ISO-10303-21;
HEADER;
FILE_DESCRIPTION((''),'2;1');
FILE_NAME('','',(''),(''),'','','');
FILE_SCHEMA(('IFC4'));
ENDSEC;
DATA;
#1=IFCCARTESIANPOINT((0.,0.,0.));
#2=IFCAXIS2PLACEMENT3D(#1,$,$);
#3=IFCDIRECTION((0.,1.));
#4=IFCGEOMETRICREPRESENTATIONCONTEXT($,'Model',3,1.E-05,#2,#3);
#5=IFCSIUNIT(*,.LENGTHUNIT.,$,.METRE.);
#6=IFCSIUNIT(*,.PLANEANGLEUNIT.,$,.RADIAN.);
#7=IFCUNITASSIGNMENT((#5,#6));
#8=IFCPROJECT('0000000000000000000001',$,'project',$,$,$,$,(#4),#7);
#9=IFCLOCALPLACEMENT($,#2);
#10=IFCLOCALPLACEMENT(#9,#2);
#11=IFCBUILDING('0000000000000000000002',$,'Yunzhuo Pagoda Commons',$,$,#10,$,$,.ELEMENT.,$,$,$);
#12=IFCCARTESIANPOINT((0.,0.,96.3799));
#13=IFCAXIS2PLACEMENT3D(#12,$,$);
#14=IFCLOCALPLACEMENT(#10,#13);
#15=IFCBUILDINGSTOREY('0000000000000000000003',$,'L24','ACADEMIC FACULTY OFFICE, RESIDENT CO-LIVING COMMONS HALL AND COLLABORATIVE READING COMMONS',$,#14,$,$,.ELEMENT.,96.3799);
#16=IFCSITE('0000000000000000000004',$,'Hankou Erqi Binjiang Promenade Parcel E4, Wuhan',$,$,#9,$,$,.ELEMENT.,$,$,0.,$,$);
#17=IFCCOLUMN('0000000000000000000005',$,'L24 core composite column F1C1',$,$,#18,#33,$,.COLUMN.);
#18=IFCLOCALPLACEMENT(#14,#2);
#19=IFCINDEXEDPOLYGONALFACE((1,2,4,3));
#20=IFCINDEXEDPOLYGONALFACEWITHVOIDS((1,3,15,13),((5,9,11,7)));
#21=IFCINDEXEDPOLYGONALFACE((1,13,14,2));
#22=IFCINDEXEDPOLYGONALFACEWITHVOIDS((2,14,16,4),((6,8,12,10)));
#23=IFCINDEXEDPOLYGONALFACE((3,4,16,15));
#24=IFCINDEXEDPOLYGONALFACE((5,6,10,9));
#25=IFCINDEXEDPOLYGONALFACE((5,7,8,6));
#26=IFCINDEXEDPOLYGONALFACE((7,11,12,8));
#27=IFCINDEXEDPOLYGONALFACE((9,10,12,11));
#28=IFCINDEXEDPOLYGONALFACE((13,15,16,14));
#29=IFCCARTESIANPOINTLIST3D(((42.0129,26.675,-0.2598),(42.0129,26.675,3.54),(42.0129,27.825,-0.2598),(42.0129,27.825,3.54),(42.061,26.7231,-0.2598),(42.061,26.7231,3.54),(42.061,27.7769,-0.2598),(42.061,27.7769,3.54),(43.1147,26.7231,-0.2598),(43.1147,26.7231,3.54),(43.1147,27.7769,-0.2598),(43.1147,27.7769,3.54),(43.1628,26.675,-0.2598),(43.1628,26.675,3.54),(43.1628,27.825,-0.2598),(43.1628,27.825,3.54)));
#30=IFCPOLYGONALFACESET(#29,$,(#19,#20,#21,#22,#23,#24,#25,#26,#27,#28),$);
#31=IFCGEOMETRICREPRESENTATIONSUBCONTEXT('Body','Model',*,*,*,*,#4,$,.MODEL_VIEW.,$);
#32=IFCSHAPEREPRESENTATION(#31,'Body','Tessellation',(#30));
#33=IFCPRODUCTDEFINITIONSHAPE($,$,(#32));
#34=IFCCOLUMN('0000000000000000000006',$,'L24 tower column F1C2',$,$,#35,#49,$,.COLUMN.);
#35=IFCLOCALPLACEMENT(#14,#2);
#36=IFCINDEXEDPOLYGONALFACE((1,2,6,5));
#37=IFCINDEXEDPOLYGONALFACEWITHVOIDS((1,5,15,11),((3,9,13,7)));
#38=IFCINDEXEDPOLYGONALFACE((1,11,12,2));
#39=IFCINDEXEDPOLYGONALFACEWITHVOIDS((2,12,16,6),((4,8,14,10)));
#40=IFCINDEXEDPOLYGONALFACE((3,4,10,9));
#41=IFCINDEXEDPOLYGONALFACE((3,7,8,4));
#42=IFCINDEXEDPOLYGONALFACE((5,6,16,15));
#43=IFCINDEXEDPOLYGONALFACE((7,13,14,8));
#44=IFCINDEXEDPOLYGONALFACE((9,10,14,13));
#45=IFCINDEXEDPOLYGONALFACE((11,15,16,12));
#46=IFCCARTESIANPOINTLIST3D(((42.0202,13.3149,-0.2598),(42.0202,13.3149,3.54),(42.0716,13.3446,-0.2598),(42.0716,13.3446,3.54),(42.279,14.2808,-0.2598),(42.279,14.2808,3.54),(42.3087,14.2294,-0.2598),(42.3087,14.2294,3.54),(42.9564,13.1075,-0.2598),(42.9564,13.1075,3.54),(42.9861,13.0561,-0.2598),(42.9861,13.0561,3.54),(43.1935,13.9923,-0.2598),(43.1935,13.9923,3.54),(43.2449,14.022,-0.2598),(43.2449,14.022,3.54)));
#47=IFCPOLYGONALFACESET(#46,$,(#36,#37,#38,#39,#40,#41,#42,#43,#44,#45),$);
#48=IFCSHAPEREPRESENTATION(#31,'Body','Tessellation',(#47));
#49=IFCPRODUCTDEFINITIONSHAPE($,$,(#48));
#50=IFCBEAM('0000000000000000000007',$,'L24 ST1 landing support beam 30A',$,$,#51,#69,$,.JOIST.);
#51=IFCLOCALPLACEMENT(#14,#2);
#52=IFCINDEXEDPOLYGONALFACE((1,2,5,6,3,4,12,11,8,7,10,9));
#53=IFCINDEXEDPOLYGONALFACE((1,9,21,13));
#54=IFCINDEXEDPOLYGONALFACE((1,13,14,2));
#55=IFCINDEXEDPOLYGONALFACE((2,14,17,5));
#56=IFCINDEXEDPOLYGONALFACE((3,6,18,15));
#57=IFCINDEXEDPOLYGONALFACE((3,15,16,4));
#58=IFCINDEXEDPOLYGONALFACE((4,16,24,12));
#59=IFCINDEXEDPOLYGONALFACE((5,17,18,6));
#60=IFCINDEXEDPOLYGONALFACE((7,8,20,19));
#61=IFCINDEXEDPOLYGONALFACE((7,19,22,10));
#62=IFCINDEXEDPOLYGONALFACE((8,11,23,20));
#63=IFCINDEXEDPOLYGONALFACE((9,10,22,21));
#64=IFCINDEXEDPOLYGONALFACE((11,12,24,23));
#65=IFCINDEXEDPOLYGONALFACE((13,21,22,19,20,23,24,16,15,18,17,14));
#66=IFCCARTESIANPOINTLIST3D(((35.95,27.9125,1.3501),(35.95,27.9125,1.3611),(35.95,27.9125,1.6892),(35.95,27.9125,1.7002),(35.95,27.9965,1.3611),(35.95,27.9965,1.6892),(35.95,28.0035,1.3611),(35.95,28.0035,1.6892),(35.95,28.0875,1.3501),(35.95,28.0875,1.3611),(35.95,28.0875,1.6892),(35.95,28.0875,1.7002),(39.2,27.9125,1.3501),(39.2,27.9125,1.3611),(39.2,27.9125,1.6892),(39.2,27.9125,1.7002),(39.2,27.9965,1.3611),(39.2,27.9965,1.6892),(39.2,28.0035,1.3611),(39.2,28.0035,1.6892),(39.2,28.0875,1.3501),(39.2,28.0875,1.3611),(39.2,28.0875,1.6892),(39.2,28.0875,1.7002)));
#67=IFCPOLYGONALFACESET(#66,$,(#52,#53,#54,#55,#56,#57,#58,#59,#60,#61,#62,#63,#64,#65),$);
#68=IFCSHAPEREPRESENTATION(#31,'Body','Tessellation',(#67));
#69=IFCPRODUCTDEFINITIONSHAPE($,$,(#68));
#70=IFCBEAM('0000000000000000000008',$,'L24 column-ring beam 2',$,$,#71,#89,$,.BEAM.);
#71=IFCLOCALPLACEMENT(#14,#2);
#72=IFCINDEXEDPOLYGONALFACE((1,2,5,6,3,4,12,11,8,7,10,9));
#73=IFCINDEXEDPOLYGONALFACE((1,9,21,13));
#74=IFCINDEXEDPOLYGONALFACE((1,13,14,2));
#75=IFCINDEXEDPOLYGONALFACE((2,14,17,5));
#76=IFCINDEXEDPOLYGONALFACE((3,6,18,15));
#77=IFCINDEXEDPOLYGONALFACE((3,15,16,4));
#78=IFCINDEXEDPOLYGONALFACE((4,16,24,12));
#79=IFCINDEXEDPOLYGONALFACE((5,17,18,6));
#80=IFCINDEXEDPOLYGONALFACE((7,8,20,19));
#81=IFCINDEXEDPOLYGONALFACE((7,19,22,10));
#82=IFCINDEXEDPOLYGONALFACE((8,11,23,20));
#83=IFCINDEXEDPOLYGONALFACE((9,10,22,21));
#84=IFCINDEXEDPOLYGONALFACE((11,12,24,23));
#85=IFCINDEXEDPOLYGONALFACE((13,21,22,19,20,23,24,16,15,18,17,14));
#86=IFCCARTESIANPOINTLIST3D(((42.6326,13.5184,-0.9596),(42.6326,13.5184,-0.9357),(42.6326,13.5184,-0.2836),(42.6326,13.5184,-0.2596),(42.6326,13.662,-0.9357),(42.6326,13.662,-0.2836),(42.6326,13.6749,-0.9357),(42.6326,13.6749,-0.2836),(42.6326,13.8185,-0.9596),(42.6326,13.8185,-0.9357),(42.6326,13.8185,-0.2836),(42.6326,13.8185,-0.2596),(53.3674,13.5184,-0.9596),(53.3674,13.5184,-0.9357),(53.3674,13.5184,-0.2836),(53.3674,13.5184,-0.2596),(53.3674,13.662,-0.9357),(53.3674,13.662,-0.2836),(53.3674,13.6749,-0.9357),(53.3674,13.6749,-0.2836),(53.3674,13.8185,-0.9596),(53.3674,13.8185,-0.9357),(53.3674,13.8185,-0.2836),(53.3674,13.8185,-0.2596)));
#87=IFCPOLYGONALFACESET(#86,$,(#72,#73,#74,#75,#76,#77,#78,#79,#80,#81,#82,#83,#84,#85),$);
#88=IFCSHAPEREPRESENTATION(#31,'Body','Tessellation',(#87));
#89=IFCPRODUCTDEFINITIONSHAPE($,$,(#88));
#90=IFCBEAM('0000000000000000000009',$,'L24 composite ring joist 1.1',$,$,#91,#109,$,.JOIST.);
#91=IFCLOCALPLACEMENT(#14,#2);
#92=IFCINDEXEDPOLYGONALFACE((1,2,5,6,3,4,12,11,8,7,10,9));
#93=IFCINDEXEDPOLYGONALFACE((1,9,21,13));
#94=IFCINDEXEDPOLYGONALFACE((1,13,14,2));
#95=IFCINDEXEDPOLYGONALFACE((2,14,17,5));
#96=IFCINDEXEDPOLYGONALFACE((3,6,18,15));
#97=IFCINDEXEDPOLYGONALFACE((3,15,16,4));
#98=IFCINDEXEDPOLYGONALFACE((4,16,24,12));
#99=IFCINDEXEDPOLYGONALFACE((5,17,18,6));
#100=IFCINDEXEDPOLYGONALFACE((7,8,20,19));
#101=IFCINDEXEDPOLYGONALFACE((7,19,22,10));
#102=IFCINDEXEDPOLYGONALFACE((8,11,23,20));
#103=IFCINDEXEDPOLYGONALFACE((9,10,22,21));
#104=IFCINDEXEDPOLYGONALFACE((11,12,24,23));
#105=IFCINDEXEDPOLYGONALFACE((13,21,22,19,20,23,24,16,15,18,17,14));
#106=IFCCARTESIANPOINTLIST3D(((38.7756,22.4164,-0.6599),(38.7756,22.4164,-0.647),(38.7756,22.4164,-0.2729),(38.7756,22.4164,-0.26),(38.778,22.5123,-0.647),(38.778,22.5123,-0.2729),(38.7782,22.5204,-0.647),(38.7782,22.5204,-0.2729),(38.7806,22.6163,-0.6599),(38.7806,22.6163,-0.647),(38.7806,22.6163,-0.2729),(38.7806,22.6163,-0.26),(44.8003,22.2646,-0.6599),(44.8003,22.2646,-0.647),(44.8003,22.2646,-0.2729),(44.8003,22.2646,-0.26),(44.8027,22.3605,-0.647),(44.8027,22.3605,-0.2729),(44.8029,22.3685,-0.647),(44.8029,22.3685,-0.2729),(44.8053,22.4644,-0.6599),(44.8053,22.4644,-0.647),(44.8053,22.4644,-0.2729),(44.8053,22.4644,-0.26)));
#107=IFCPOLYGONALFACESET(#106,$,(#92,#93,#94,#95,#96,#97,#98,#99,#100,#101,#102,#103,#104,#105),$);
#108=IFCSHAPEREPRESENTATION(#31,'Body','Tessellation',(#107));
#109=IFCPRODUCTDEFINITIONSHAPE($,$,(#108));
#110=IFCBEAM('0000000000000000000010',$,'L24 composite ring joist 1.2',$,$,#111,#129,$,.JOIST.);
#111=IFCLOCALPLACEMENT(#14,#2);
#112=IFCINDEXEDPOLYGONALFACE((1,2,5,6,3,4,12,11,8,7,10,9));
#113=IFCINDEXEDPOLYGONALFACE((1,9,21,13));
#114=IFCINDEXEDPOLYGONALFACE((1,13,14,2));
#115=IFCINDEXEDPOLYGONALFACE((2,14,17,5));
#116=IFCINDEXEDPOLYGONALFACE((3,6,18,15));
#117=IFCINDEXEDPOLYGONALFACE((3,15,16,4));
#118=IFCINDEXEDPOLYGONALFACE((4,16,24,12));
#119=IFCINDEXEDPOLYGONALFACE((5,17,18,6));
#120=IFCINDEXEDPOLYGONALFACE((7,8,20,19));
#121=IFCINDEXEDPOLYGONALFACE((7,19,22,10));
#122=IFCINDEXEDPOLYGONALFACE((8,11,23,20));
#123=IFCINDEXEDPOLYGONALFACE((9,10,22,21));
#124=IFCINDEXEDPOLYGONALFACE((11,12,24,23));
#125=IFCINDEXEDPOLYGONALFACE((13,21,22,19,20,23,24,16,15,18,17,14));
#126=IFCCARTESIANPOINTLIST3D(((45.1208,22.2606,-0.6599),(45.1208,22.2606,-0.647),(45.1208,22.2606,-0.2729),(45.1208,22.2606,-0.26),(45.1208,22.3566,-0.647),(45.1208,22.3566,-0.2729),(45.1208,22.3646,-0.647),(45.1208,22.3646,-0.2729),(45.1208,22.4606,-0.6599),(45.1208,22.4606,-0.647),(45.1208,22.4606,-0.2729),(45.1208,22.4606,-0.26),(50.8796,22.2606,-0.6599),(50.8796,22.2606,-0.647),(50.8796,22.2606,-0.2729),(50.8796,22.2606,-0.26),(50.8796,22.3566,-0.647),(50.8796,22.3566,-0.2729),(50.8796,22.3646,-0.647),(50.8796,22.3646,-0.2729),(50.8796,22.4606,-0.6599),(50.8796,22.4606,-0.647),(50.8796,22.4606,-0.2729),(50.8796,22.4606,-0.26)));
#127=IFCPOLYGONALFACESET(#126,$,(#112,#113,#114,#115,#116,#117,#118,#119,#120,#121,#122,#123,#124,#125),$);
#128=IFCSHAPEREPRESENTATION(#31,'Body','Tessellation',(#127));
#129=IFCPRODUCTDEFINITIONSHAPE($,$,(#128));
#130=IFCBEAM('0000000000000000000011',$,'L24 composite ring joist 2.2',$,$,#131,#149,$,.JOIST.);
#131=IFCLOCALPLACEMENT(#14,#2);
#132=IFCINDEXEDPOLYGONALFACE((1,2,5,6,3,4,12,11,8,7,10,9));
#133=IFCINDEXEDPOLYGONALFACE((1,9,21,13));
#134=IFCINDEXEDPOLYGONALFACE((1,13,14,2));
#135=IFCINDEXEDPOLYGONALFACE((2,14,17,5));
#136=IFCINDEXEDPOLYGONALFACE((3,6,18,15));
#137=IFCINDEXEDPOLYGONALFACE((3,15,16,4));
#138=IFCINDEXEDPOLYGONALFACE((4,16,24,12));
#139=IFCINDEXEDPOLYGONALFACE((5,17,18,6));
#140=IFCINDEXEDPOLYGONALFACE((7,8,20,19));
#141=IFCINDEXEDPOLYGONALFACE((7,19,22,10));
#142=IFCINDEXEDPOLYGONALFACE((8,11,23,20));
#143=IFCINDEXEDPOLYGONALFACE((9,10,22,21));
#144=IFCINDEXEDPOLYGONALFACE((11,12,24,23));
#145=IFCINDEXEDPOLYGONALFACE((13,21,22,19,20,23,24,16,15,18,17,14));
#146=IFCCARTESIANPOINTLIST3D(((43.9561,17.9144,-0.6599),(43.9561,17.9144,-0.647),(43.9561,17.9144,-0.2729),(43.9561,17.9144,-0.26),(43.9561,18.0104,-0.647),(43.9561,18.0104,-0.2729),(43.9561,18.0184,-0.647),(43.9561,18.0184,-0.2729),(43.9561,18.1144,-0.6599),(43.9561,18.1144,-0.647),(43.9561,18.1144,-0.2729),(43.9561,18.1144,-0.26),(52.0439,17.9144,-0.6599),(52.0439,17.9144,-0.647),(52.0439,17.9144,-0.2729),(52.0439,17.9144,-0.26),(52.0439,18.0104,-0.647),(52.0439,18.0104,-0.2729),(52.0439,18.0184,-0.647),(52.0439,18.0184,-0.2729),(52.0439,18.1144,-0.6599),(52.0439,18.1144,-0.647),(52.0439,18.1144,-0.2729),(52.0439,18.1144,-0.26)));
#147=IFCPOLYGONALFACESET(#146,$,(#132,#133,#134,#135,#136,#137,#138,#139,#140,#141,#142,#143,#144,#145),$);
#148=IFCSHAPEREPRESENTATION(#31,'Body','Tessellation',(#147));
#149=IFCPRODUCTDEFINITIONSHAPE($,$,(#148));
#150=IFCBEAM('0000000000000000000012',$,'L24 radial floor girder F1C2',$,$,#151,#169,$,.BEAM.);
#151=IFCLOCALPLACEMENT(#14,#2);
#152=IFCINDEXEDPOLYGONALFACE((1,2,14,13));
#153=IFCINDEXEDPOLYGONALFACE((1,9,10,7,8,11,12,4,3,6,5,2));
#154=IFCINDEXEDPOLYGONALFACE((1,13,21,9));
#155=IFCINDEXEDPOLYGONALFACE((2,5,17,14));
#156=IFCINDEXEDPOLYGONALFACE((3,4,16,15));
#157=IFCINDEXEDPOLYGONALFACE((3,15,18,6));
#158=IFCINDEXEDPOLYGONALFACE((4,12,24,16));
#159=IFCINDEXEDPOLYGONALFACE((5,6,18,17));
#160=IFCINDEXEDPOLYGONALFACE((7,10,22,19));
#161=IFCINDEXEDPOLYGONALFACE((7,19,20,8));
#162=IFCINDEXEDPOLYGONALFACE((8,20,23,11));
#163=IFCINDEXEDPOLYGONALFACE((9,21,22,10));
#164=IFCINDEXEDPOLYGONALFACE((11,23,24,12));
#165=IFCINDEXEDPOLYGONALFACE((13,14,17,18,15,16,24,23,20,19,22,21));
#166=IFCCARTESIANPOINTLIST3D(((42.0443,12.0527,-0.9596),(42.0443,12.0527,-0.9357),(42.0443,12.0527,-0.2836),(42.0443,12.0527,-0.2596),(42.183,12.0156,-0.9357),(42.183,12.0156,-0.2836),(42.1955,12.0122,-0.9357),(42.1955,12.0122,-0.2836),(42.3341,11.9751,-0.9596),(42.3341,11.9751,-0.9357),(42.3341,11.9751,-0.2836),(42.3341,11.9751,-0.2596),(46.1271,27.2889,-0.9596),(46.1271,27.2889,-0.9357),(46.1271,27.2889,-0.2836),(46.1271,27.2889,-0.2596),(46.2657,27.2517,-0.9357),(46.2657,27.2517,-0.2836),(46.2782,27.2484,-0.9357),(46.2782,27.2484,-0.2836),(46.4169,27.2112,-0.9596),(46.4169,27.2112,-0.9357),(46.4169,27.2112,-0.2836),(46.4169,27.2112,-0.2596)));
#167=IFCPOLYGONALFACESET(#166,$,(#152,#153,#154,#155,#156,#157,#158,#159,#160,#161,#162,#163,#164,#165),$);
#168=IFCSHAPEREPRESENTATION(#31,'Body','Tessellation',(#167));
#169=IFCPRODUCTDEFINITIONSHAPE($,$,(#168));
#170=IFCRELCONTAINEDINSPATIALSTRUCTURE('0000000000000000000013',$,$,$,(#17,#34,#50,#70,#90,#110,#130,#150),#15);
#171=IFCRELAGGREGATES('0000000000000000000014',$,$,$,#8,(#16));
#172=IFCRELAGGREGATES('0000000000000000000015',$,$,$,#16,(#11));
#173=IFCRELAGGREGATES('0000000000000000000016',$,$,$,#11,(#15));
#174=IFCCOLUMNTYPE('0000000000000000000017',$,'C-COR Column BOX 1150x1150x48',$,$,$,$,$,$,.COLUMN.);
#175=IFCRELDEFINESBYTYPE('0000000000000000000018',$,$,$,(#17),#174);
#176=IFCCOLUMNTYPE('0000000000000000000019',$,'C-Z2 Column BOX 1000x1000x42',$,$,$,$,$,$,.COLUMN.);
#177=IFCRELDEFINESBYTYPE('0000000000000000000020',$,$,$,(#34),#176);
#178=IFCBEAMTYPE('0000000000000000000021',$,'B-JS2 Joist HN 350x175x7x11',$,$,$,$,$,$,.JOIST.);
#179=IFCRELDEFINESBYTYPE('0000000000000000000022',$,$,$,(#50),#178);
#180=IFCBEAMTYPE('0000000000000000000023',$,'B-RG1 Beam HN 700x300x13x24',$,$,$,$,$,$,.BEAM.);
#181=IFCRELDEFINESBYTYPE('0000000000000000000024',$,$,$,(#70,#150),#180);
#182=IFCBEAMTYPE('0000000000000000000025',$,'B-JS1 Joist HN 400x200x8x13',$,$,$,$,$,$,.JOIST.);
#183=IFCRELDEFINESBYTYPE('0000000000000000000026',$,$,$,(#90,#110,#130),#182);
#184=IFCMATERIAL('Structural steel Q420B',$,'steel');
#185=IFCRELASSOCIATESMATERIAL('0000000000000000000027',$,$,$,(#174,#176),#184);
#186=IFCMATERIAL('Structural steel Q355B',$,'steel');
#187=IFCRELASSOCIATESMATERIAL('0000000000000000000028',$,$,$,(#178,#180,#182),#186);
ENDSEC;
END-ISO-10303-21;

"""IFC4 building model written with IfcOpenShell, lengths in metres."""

from ifc_helpers import new_model, si_unit, direction, frame, origin, origin_2d, place, context, subcontext, project, spatial, hollow_rectangle, i_section, extrude, source, transform, mapped, material, material_profile, profile_set, type_object, element, save


model = new_model("IFC4")

# Units and contexts
model_context = context("Model", 3, precision=1e-05, world=origin(), true_north=direction((0.0, 1.0)))
body_context = subcontext(model_context, "Body", "Model", "MODEL_VIEW")
ifc_project = project(units=[si_unit("LENGTHUNIT", "METRE"), si_unit("PLANEANGLEUNIT", "RADIAN")], contexts=[model_context])

# Site, building, storey
site_placement = place(None, origin())
site = spatial("IfcSite", under=ifc_project, at=site_placement, Name="Hankou Erqi Binjiang Promenade Parcel E4, Wuhan", CompositionType="ELEMENT", RefElevation=0.0)
building_placement = place(site_placement, origin())
building = spatial("IfcBuilding", under=site, at=building_placement, Name="Yunzhuo Pagoda Commons", CompositionType="ELEMENT")
storey_placement = place(building_placement, frame((0.0, 0.0, 96.3799)))
storey = spatial("IfcBuildingStorey", under=building, at=storey_placement, Name="L24", Description="ACADEMIC FACULTY OFFICE, RESIDENT CO-LIVING COMMONS HALL AND COLLABORATIVE READING COMMONS", CompositionType="ELEMENT", Elevation=96.3799)

# Columns
ifc_material_1 = material(Name="Structural steel Q420B", Category="steel")
ifc_material_profile_1 = material_profile(ifc_material_1, hollow_rectangle(XDim=1.1499, YDim=1.1499, WallThickness=0.0481, at=origin_2d()), Name="Structural steel Q420B")
ifc_profile_set_1 = profile_set([ifc_material_profile_1], Name="Structural steel Q420B")
column_type_1 = type_object("IfcColumnType", Name="C-COR Column BOX 1150x1150x48", PredefinedType="COLUMN", material=ifc_profile_set_1)
shared_shape_1 = source(origin(), body_context, "Body", "SweptSolid", [
    extrude(hollow_rectangle(XDim=1.1499, YDim=1.1499, WallThickness=0.0481, at=origin_2d()), origin(), (0.0, 0.0, 1.0), 3.7998),
])
column_1_placement = place(storey_placement, frame((42.5879, 27.25, -0.2598), z_axis=(0.0, 0.0, 1.0), x_axis=(1.0, 0.0, 0.0)))
element("IfcColumn", 1, at=column_1_placement, inside=storey, type_object=column_type_1, Name="L24 core composite column F1C1", PredefinedType="COLUMN", context=body_context, shape_type="MappedRepresentation", body=[
    mapped(shared_shape_1, transform((0.0, 0.0, 0.0), scale=1.0)),
])
ifc_material_profile_2 = material_profile(ifc_material_1, hollow_rectangle(XDim=1.0, YDim=1.0, WallThickness=0.042, at=origin_2d()), Name="Structural steel Q420B")
ifc_profile_set_2 = profile_set([ifc_material_profile_2], Name="Structural steel Q420B")
column_type_2 = type_object("IfcColumnType", Name="C-Z2 Column BOX 1000x1000x42", PredefinedType="COLUMN", material=ifc_profile_set_2)
shared_shape_2 = source(origin(), body_context, "Body", "SweptSolid", [
    extrude(hollow_rectangle(XDim=1.0, YDim=1.0, WallThickness=0.042, at=origin_2d()), origin(), (0.0, 0.0, 1.0), 3.7998),
])
column_2_placement = place(storey_placement, frame((42.6326, 13.6685, -0.2598), z_axis=(0.0, 0.0, 1.0), x_axis=(0.965926, -0.258819, 0.0)))
element("IfcColumn", 2, at=column_2_placement, inside=storey, type_object=column_type_2, Name="L24 tower column F1C2", PredefinedType="COLUMN", context=body_context, shape_type="MappedRepresentation", body=[
    mapped(shared_shape_2, transform((0.0, 0.0, 0.0), scale=1.0)),
])

# Beams
ifc_material_2 = material(Name="Structural steel Q355B", Category="steel")
ifc_material_profile_3 = material_profile(ifc_material_2, i_section(OverallWidth=0.175, OverallDepth=0.3501, WebThickness=0.0071, FlangeThickness=0.011, at=origin_2d()), Name="Structural steel Q355B")
ifc_profile_set_3 = profile_set([ifc_material_profile_3], Name="Structural steel Q355B")
beam_type_1 = type_object("IfcBeamType", Name="B-JS2 Joist HN 350x175x7x11", PredefinedType="JOIST", material=ifc_profile_set_3)
shared_shape_3 = source(origin(), body_context, "Body", "SweptSolid", [
    extrude(i_section(OverallWidth=0.175, OverallDepth=0.3501, WebThickness=0.0071, FlangeThickness=0.011, at=origin_2d()), origin(), (0.0, 0.0, 1.0), 3.25),
])
beam_1_placement = place(storey_placement, frame((35.95, 28.0, 1.5251), z_axis=(1.0, 0.0, 0.0), x_axis=(0.0, 1.0, 0.0)))
element("IfcBeam", 3, at=beam_1_placement, inside=storey, type_object=beam_type_1, Name="L24 ST1 landing support beam 30A", PredefinedType="JOIST", context=body_context, shape_type="MappedRepresentation", body=[
    mapped(shared_shape_3, transform((0.0, 0.0, 0.0), scale=1.0)),
])
ifc_material_profile_4 = material_profile(ifc_material_2, i_section(OverallWidth=0.3, OverallDepth=0.7, WebThickness=0.0129, FlangeThickness=0.0239, at=origin_2d()), Name="Structural steel Q355B")
ifc_profile_set_4 = profile_set([ifc_material_profile_4], Name="Structural steel Q355B")
beam_type_2 = type_object("IfcBeamType", Name="B-RG1 Beam HN 700x300x13x24", PredefinedType="BEAM", material=ifc_profile_set_4)
shared_shape_4 = source(origin(), body_context, "Body", "SweptSolid", [
    extrude(i_section(OverallWidth=0.3, OverallDepth=0.7, WebThickness=0.0129, FlangeThickness=0.0239, at=origin_2d()), origin(), (0.0, 0.0, 1.0), 10.7349),
])
beam_2_placement = place(storey_placement, frame((42.6326, 13.6685, -0.6096), z_axis=(1.0, 0.0, 0.0), x_axis=(0.0, 1.0, 0.0)))
element("IfcBeam", 4, at=beam_2_placement, inside=storey, type_object=beam_type_2, Name="L24 column-ring beam 2", PredefinedType="BEAM", context=body_context, shape_type="MappedRepresentation", body=[
    mapped(shared_shape_4, transform((0.0, 0.0, 0.0), scale=1.0)),
])
ifc_material_profile_5 = material_profile(ifc_material_2, i_section(OverallWidth=0.2, OverallDepth=0.3999, WebThickness=0.0081, FlangeThickness=0.0129, at=origin_2d()), Name="Structural steel Q355B")
ifc_profile_set_5 = profile_set([ifc_material_profile_5], Name="Structural steel Q355B")
beam_type_3 = type_object("IfcBeamType", Name="B-JS1 Joist HN 400x200x8x13", PredefinedType="JOIST", material=ifc_profile_set_5)
shared_shape_5 = source(origin(), body_context, "Body", "SweptSolid", [
    extrude(i_section(OverallWidth=0.2, OverallDepth=0.3999, WebThickness=0.0081, FlangeThickness=0.0129, at=origin_2d()), origin(), (0.0, 0.0, 1.0), 6.0266),
])
beam_3_placement = place(storey_placement, frame((38.7781, 22.5164, -0.46), z_axis=(0.999682, -0.025198, 0.0), x_axis=(0.025198, 0.999682, 0.0)))
element("IfcBeam", 5, at=beam_3_placement, inside=storey, type_object=beam_type_3, Name="L24 composite ring joist 1.1", PredefinedType="JOIST", context=body_context, shape_type="MappedRepresentation", body=[
    mapped(shared_shape_5, transform((0.0, 0.0, 0.0), scale=1.0)),
])
shared_shape_6 = source(origin(), body_context, "Body", "SweptSolid", [
    extrude(i_section(OverallWidth=0.2, OverallDepth=0.3999, WebThickness=0.0081, FlangeThickness=0.0129, at=origin_2d()), origin(), (0.0, 0.0, 1.0), 5.7588),
])
beam_4_placement = place(storey_placement, frame((45.1208, 22.3606, -0.46), z_axis=(1.0, 0.0, 0.0), x_axis=(0.0, 1.0, 0.0)))
element("IfcBeam", 6, at=beam_4_placement, inside=storey, type_object=beam_type_3, Name="L24 composite ring joist 1.2", PredefinedType="JOIST", context=body_context, shape_type="MappedRepresentation", body=[
    mapped(shared_shape_6, transform((0.0, 0.0, 0.0), scale=1.0)),
])
shared_shape_7 = source(origin(), body_context, "Body", "SweptSolid", [
    extrude(i_section(OverallWidth=0.2, OverallDepth=0.3999, WebThickness=0.0081, FlangeThickness=0.0129, at=origin_2d()), origin(), (0.0, 0.0, 1.0), 8.0879),
])
beam_5_placement = place(storey_placement, frame((43.9561, 18.0144, -0.46), z_axis=(1.0, 0.0, 0.0), x_axis=(0.0, 1.0, 0.0)))
element("IfcBeam", 7, at=beam_5_placement, inside=storey, type_object=beam_type_3, Name="L24 composite ring joist 2.2", PredefinedType="JOIST", context=body_context, shape_type="MappedRepresentation", body=[
    mapped(shared_shape_7, transform((0.0, 0.0, 0.0), scale=1.0)),
])
shared_shape_8 = source(origin(), body_context, "Body", "SweptSolid", [
    extrude(i_section(OverallWidth=0.3, OverallDepth=0.7, WebThickness=0.0129, FlangeThickness=0.0239, at=origin_2d()), origin(), (0.0, 0.0, 1.0), 15.7737),
])
beam_6_placement = place(storey_placement, frame((42.1892, 12.0139, -0.6096), z_axis=(0.258835, 0.965922, 0.0), x_axis=(-0.965922, 0.258835, 0.0)))
element("IfcBeam", 8, at=beam_6_placement, inside=storey, type_object=beam_type_2, Name="L24 radial floor girder F1C2", PredefinedType="BEAM", context=body_context, shape_type="MappedRepresentation", body=[
    mapped(shared_shape_8, transform((0.0, 0.0, 0.0), scale=1.0)),
])

save(model, "model.ifc")
